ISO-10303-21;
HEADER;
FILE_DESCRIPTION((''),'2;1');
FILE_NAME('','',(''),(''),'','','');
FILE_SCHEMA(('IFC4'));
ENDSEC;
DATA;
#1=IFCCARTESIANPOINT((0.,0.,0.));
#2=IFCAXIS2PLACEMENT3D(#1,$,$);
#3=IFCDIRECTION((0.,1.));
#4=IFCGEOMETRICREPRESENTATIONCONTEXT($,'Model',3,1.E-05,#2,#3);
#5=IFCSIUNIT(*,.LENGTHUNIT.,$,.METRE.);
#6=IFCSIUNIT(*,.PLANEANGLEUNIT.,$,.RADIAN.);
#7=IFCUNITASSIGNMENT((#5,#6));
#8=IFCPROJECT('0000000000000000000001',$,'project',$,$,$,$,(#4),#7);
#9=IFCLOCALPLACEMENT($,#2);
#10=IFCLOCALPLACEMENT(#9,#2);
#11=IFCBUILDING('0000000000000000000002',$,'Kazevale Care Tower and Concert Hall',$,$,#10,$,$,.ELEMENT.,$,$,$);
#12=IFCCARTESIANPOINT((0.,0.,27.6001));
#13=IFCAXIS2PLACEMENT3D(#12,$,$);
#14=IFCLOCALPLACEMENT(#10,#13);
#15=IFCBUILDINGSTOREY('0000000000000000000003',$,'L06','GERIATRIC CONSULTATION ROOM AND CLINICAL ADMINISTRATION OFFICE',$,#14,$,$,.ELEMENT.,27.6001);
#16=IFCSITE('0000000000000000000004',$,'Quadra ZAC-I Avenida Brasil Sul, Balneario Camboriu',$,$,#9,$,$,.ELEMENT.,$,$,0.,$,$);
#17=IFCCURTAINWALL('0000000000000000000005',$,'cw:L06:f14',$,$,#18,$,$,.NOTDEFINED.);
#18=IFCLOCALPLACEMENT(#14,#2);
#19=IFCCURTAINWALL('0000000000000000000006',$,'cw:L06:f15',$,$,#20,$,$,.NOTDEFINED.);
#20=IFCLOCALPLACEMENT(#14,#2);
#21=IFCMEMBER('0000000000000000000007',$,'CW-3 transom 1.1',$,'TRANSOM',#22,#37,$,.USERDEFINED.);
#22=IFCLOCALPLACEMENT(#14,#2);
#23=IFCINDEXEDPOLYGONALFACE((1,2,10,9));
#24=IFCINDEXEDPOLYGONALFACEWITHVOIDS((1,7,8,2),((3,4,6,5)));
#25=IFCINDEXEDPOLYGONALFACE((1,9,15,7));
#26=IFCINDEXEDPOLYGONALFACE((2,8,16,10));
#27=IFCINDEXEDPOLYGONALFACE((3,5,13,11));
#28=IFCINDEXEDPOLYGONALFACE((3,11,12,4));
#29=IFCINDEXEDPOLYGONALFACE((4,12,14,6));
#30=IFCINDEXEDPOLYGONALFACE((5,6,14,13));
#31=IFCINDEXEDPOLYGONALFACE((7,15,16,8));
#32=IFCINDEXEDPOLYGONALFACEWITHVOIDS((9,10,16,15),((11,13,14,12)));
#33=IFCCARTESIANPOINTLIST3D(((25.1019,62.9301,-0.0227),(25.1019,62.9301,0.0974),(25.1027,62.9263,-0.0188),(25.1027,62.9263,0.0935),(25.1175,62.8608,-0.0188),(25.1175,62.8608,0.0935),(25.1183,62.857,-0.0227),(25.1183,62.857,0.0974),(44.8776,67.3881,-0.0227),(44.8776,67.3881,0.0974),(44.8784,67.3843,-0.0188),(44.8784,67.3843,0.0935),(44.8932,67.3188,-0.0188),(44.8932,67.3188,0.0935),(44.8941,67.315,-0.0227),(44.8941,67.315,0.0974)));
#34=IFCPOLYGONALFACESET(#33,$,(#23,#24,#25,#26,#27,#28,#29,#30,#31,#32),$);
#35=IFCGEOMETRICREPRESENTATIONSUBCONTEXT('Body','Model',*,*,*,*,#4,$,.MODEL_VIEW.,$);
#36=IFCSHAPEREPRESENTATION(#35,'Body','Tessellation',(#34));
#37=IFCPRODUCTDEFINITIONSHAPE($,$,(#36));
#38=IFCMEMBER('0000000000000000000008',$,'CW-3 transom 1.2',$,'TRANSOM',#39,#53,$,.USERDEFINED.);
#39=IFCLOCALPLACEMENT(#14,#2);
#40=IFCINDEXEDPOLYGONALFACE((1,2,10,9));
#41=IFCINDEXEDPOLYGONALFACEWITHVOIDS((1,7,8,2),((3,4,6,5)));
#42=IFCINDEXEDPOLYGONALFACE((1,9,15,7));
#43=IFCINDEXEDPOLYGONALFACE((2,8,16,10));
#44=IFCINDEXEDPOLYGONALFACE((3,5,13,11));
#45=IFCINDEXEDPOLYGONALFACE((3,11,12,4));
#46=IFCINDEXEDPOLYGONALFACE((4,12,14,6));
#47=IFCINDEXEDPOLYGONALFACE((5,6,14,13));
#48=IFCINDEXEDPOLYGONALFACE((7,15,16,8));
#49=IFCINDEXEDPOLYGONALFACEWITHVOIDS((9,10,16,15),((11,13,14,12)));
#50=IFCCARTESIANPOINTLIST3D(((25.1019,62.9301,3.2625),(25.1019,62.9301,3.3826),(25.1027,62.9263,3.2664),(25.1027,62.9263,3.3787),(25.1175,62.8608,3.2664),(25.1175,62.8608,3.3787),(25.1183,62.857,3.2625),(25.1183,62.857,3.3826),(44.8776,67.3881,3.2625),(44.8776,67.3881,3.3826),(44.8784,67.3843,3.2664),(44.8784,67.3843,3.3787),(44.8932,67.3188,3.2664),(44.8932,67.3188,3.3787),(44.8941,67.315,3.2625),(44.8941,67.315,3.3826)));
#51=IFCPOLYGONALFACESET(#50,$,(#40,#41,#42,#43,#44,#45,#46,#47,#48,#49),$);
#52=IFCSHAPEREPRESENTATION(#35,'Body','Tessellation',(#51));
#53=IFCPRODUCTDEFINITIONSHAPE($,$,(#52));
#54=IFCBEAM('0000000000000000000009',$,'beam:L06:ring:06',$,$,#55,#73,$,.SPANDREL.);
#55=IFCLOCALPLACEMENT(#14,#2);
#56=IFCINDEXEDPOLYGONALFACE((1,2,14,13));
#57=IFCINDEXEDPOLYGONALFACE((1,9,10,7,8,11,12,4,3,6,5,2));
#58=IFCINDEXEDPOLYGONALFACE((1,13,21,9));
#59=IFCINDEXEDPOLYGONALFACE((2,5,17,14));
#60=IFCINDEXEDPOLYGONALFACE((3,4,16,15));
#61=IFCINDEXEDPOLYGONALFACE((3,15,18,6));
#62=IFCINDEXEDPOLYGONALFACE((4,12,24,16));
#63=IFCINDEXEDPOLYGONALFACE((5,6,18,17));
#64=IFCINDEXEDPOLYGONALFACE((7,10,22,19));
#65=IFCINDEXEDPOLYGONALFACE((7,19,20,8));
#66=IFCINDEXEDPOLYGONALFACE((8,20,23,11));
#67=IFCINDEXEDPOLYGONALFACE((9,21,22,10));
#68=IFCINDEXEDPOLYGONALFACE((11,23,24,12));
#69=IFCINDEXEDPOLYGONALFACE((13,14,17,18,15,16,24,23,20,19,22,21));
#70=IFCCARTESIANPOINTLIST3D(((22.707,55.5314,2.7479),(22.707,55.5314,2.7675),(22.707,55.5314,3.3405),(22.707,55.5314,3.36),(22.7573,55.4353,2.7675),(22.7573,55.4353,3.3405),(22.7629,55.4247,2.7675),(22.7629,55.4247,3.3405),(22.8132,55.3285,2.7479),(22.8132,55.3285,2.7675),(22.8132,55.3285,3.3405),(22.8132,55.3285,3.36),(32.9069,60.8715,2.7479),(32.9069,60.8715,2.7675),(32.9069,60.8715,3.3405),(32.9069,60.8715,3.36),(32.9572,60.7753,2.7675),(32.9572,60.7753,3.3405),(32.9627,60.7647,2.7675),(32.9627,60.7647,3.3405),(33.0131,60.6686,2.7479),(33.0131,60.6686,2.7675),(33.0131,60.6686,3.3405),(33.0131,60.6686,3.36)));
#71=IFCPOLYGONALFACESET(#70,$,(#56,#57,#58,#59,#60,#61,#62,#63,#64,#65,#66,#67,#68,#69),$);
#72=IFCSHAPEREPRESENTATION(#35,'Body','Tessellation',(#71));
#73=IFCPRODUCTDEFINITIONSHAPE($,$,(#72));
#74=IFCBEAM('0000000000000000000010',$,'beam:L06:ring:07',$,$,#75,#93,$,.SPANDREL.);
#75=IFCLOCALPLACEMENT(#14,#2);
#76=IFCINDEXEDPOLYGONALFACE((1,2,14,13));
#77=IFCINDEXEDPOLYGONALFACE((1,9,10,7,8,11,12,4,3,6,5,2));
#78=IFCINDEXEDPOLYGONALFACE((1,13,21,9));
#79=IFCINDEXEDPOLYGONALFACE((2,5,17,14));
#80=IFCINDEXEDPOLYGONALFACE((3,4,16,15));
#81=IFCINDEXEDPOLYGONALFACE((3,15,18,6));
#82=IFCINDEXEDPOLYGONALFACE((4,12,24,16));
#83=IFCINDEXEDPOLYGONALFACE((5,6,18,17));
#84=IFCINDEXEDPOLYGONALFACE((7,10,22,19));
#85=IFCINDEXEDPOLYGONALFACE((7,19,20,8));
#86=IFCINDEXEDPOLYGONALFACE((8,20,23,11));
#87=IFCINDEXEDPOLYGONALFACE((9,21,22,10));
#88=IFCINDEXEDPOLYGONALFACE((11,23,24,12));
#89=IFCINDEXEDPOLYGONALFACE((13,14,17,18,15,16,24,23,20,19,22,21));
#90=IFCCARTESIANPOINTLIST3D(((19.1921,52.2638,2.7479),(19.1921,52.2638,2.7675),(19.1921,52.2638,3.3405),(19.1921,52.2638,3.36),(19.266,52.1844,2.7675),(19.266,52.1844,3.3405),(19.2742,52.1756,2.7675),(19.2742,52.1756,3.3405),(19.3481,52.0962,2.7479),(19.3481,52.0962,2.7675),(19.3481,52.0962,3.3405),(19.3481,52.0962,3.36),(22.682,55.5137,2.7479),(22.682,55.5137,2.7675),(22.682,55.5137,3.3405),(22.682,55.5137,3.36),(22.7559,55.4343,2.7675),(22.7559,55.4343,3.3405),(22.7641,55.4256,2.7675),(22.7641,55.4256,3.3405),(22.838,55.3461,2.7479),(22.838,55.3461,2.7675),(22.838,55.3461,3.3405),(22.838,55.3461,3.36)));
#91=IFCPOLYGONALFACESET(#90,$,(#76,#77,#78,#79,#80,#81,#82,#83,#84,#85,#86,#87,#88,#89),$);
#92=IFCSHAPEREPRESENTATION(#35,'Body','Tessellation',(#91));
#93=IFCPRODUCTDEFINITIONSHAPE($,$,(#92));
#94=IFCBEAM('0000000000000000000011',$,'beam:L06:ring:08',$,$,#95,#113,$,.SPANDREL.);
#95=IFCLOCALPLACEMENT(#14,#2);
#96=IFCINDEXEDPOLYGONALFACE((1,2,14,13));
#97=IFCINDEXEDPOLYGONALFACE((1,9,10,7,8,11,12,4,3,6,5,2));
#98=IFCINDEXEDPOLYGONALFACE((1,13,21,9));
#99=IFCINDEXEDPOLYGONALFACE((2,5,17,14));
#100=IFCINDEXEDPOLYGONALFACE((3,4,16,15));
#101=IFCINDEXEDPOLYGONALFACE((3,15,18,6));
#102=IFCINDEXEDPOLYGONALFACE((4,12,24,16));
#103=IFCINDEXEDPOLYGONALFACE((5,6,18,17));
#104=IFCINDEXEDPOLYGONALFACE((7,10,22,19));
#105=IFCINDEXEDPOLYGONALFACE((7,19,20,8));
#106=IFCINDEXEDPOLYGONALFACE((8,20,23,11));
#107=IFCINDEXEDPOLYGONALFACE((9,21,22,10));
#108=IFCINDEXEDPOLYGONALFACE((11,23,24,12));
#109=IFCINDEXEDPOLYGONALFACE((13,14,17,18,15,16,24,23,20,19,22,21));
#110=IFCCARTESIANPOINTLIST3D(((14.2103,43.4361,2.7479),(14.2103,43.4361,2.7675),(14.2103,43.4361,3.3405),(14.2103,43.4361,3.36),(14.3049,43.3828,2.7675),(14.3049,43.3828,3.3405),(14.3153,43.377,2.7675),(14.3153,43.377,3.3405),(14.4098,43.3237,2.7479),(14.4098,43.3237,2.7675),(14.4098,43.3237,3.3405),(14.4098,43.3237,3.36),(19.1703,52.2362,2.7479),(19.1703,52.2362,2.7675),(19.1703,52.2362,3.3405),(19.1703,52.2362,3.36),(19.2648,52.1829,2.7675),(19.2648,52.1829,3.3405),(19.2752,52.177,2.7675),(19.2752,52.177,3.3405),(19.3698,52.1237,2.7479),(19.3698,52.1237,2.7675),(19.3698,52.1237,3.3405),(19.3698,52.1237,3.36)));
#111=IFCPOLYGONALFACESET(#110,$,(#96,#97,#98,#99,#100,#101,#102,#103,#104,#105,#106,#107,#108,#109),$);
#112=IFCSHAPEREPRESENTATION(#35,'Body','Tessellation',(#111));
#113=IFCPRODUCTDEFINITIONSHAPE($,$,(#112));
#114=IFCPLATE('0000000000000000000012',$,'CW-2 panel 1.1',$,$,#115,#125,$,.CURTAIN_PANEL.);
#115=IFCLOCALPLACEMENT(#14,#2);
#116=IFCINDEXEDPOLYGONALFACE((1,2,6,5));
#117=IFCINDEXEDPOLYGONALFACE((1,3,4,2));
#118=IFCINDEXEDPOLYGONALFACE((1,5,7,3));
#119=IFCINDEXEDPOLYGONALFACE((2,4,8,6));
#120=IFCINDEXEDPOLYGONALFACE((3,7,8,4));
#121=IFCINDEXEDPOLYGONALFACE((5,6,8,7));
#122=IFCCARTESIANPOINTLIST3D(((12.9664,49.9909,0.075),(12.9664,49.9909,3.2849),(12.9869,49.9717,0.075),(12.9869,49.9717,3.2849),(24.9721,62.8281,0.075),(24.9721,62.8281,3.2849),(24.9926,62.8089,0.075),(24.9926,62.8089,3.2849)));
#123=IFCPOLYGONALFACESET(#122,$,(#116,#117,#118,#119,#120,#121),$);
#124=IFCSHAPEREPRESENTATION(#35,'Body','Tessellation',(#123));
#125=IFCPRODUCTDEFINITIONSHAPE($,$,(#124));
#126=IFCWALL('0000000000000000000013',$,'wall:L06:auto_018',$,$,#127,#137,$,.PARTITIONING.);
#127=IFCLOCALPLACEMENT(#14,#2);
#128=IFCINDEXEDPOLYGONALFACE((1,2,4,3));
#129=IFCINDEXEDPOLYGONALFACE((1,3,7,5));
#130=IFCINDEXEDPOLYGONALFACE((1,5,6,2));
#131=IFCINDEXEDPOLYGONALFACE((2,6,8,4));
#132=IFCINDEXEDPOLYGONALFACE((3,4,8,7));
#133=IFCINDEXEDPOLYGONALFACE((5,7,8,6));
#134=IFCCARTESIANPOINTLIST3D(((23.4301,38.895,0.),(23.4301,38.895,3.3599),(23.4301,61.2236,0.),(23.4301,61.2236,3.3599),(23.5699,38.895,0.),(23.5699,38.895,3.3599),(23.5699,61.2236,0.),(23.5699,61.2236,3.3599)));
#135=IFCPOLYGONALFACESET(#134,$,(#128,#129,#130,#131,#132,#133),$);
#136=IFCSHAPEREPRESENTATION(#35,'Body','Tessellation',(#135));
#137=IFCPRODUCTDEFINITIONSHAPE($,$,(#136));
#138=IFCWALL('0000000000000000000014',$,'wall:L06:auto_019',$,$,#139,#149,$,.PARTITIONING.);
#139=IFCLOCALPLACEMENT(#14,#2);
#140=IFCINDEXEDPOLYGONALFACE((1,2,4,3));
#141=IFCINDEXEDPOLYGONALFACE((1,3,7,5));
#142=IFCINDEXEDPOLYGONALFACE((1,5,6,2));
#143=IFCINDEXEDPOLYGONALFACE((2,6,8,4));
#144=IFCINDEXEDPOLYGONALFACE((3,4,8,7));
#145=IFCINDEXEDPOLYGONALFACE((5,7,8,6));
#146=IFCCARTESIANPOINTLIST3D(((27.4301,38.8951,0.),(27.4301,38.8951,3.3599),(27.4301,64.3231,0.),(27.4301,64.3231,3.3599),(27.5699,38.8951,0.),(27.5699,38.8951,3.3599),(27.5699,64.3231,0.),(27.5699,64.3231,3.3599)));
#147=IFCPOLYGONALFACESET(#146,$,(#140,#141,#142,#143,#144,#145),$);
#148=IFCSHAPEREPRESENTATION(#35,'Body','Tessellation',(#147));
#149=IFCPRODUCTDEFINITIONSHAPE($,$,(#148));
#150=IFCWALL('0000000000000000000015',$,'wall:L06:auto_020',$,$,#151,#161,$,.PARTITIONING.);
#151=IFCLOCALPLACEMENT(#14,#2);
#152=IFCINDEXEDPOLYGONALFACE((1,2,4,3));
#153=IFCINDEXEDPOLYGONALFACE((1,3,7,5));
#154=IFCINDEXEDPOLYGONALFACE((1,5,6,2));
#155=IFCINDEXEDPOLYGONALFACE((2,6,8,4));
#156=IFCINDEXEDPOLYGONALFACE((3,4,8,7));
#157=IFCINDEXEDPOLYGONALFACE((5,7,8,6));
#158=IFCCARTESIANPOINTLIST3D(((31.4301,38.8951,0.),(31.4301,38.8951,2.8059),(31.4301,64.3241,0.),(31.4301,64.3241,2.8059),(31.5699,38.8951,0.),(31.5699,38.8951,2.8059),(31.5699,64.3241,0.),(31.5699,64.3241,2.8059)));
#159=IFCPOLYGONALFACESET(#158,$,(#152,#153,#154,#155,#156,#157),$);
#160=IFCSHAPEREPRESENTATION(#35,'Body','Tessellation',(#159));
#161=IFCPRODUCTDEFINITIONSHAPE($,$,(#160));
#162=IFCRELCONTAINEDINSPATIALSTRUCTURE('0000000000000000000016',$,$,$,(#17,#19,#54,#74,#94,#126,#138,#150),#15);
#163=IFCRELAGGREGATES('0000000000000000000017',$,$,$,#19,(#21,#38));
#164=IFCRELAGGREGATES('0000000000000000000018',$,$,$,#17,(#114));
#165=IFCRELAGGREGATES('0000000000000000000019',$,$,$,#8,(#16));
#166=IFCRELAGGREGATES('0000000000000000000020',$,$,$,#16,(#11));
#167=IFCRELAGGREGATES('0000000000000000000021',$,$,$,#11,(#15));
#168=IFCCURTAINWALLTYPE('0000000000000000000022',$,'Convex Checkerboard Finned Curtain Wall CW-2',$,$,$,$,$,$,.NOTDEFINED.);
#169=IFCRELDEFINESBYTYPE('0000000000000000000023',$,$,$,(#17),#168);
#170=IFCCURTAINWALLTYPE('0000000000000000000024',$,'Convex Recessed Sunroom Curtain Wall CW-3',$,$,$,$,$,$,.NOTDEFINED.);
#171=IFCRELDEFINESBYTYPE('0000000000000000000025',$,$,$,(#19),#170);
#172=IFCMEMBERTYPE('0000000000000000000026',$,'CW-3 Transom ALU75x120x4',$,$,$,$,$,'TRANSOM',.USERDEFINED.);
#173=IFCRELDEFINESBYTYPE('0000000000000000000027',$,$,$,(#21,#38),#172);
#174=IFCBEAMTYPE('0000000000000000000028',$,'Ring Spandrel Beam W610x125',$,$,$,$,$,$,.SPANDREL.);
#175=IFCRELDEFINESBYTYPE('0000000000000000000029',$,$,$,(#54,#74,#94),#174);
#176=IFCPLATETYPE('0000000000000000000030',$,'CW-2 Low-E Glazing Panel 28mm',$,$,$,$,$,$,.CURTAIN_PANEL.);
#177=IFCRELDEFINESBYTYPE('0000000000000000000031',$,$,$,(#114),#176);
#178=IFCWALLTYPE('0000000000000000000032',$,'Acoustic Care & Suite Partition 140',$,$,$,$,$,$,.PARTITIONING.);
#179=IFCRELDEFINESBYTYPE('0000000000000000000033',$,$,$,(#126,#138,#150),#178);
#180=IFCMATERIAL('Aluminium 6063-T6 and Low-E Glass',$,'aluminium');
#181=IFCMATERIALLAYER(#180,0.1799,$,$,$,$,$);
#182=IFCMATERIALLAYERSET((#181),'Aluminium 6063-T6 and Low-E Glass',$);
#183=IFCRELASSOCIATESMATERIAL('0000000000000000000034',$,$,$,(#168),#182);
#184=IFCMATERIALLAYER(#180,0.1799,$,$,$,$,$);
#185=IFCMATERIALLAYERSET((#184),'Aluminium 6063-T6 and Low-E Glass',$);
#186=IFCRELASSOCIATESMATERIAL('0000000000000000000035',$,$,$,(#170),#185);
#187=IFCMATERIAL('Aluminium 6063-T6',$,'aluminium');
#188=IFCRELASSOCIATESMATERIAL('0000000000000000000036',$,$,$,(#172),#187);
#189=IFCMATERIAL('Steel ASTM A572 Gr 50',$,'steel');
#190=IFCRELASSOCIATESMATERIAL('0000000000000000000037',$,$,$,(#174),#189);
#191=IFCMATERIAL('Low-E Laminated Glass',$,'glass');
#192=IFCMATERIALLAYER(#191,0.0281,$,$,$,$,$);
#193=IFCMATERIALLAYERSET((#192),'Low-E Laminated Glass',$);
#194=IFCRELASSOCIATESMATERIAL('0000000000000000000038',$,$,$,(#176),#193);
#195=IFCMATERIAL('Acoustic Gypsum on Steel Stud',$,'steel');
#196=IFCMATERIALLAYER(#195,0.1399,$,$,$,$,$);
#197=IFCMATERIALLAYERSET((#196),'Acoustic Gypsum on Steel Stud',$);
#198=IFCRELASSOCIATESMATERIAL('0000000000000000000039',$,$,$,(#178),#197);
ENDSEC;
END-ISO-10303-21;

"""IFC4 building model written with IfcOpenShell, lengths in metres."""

from ifc_helpers import new_model, si_unit, direction, frame, frame_2d, origin, origin_2d, place, context, subcontext, project, spatial, rectangle, hollow_rectangle, i_section, extrude, material, layer, layer_set, material_profile, profile_set, type_object, element, aggregate, save


model = new_model("IFC4")

# Units and contexts
model_context = context("Model", 3, precision=1e-05, world=origin(), true_north=direction((0.0, 1.0)))
body_context = subcontext(model_context, "Body", "Model", "MODEL_VIEW")
ifc_project = project(units=[si_unit("LENGTHUNIT", "METRE"), si_unit("PLANEANGLEUNIT", "RADIAN")], contexts=[model_context])

# Site, building, storey
site_placement = place(None, origin())
site = spatial("IfcSite", under=ifc_project, at=site_placement, Name="Quadra ZAC-I Avenida Brasil Sul, Balneario Camboriu", CompositionType="ELEMENT", RefElevation=0.0)
building_placement = place(site_placement, origin())
building = spatial("IfcBuilding", under=site, at=building_placement, Name="Kazevale Care Tower and Concert Hall", CompositionType="ELEMENT")
storey_placement = place(building_placement, frame((0.0, 0.0, 27.6001)))
storey = spatial("IfcBuildingStorey", under=building, at=storey_placement, Name="L06", Description="GERIATRIC CONSULTATION ROOM AND CLINICAL ADMINISTRATION OFFICE", CompositionType="ELEMENT", Elevation=27.6001)

# Curtain wall
ifc_material_1 = material(Name="Aluminium 6063-T6 and Low-E Glass", Category="aluminium")
ifc_layer_1 = layer(ifc_material_1, 0.1799)
ifc_layer_set_1 = layer_set([ifc_layer_1], Name="Aluminium 6063-T6 and Low-E Glass")
curtain_wall_type_1 = type_object("IfcCurtainWallType", Name="Convex Checkerboard Finned Curtain Wall CW-2", PredefinedType="NOTDEFINED", material=ifc_layer_set_1)
curtain_wall_1_placement = place(storey_placement, origin())
curtain_wall_1 = element("IfcCurtainWall", 1, at=curtain_wall_1_placement, inside=storey, type_object=curtain_wall_type_1, Name="cw:L06:f14", PredefinedType="NOTDEFINED")
ifc_material_2 = material(Name="Aluminium 6063-T6", Category="aluminium")

# Curtain wall, members
ifc_layer_2 = layer(ifc_material_1, 0.1799)
ifc_layer_set_2 = layer_set([ifc_layer_2], Name="Aluminium 6063-T6 and Low-E Glass")
curtain_wall_type_2 = type_object("IfcCurtainWallType", Name="Convex Recessed Sunroom Curtain Wall CW-3", PredefinedType="NOTDEFINED", material=ifc_layer_set_2)
curtain_wall_2_placement = place(storey_placement, origin())
curtain_wall_2 = element("IfcCurtainWall", 2, at=curtain_wall_2_placement, inside=storey, type_object=curtain_wall_type_2, Name="cw:L06:f15", PredefinedType="NOTDEFINED")
ifc_material_profile_1 = material_profile(ifc_material_2, hollow_rectangle(XDim=0.075, YDim=0.1201, WallThickness=0.0039, at=origin_2d()), Name="ALU75x120x4")
ifc_profile_set_1 = profile_set([ifc_material_profile_1], Name="Aluminium 6063-T6")
member_type_1 = type_object("IfcMemberType", Name="CW-3 Transom ALU75x120x4", ElementType="TRANSOM", PredefinedType="USERDEFINED", material=ifc_profile_set_1)
member_1_placement = place(storey_placement, frame((25.1101, 62.8936, 0.0374), z_axis=(0.97552, 0.219911, 0.0), x_axis=(-0.219911, 0.97552, 0.0)))
member_1 = element("IfcMember", 3, at=member_1_placement, type_object=member_type_1, Name="CW-3 transom 1.1", ObjectType="TRANSOM", PredefinedType="USERDEFINED", context=body_context, shape_type="SweptSolid", body=[
    extrude(hollow_rectangle(XDim=0.075, YDim=0.1201, WallThickness=0.0039, at=origin_2d()), origin(), (0.0, 0.0, 1.0), 20.272),
])
member_2_placement = place(storey_placement, frame((25.1101, 62.8936, 3.3225), z_axis=(0.97552, 0.219911, 0.0), x_axis=(-0.219911, 0.97552, 0.0)))
member_2 = element("IfcMember", 4, at=member_2_placement, type_object=member_type_1, Name="CW-3 transom 1.2", ObjectType="TRANSOM", PredefinedType="USERDEFINED", context=body_context, shape_type="SweptSolid", body=[
    extrude(hollow_rectangle(XDim=0.075, YDim=0.1201, WallThickness=0.0039, at=origin_2d()), origin(), (0.0, 0.0, 1.0), 20.272),
])
aggregate(curtain_wall_2, [member_1, member_2])

# Beams
ifc_material_3 = material(Name="Steel ASTM A572 Gr 50", Category="steel")
ifc_material_profile_2 = material_profile(ifc_material_3, i_section(OverallWidth=0.229, OverallDepth=0.6121, WebThickness=0.012, FlangeThickness=0.0195, at=origin_2d()), Name="W610x125")
ifc_profile_set_2 = profile_set([ifc_material_profile_2], Name="Steel ASTM A572 Gr 50")
beam_type = type_object("IfcBeamType", Name="Ring Spandrel Beam W610x125", PredefinedType="SPANDREL", material=ifc_profile_set_2)
beam_1_placement = place(storey_placement, frame((32.96, 60.77, 3.054), z_axis=(-0.885929, -0.46382, 0.0), x_axis=(0.46382, -0.885929, 0.0)))
element("IfcBeam", 5, at=beam_1_placement, inside=storey, type_object=beam_type, Name="beam:L06:ring:06", PredefinedType="SPANDREL", context=body_context, shape_type="SweptSolid", body=[
    extrude(i_section(OverallWidth=0.229, OverallDepth=0.6121, WebThickness=0.012, FlangeThickness=0.0195, at=origin_2d()), origin(), (0.0, 0.0, 1.0), 11.5132),
])
beam_2_placement = place(storey_placement, frame((22.76, 55.4299, 3.054), z_axis=(-0.731821, -0.681497, 0.0), x_axis=(0.681497, -0.731821, 0.0)))
element("IfcBeam", 6, at=beam_2_placement, inside=storey, type_object=beam_type, Name="beam:L06:ring:07", PredefinedType="SPANDREL", context=body_context, shape_type="SweptSolid", body=[
    extrude(i_section(OverallWidth=0.229, OverallDepth=0.6121, WebThickness=0.012, FlangeThickness=0.0195, at=origin_2d()), origin(), (0.0, 0.0, 1.0), 4.7688),
])
beam_3_placement = place(storey_placement, frame((19.27, 52.1799, 3.054), z_axis=(-0.491008, -0.871155, 0.0), x_axis=(0.871155, -0.491008, 0.0)))
element("IfcBeam", 7, at=beam_3_placement, inside=storey, type_object=beam_type, Name="beam:L06:ring:08", PredefinedType="SPANDREL", context=body_context, shape_type="SweptSolid", body=[
    extrude(i_section(OverallWidth=0.229, OverallDepth=0.6121, WebThickness=0.012, FlangeThickness=0.0195, at=origin_2d()), origin(), (0.0, 0.0, 1.0), 10.1016),
])

# Plate
ifc_material_4 = material(Name="Low-E Laminated Glass", Category="glass")
ifc_layer_3 = layer(ifc_material_4, 0.0281)
ifc_layer_set_3 = layer_set([ifc_layer_3], Name="Low-E Laminated Glass")
plate_type = type_object("IfcPlateType", Name="CW-2 Low-E Glazing Panel 28mm", PredefinedType="CURTAIN_PANEL", material=ifc_layer_set_3)
plate_placement = place(storey_placement, frame((18.9795, 56.3999, 0.075), z_axis=(0.0, 0.0, 1.0), x_axis=(0.683059, 0.730363, 0.0)))
plate = element("IfcPlate", 8, at=plate_placement, type_object=plate_type, Name="CW-2 panel 1.1", PredefinedType="CURTAIN_PANEL", context=body_context, shape_type="SweptSolid", body=[
    extrude(rectangle(XDim=17.5764, YDim=0.0281, at=origin_2d()), origin(), (0.0, 0.0, 1.0), 3.21),
])
aggregate(curtain_wall_1, [plate])

# Walls
ifc_material_5 = material(Name="Acoustic Gypsum on Steel Stud", Category="steel")
ifc_layer_4 = layer(ifc_material_5, 0.1399)
ifc_layer_set_4 = layer_set([ifc_layer_4], Name="Acoustic Gypsum on Steel Stud")
wall_type = type_object("IfcWallType", Name="Acoustic Care & Suite Partition 140", PredefinedType="PARTITIONING", material=ifc_layer_set_4)
wall_1_placement = place(storey_placement, frame((23.5, 61.2236, 0.0), z_axis=(0.0, 0.0, 1.0), x_axis=(0.0, -1.0, 0.0)))
element("IfcWall", 9, at=wall_1_placement, inside=storey, type_object=wall_type, Name="wall:L06:auto_018", PredefinedType="PARTITIONING", context=body_context, shape_type="SweptSolid", body=[
    extrude(rectangle(XDim=22.3286, YDim=0.1399, at=frame_2d((11.1643, 0.0))), origin(), (0.0, 0.0, 1.0), 3.3599),
])
wall_2_placement = place(storey_placement, frame((27.5, 64.323, 0.0), z_axis=(0.0, 0.0, 1.0), x_axis=(0.0, -1.0, 0.0)))
element("IfcWall", 10, at=wall_2_placement, inside=storey, type_object=wall_type, Name="wall:L06:auto_019", PredefinedType="PARTITIONING", context=body_context, shape_type="SweptSolid", body=[
    extrude(rectangle(XDim=25.428, YDim=0.1399, at=frame_2d((12.7139, 0.0))), origin(), (0.0, 0.0, 1.0), 3.3599),
])
wall_3_placement = place(storey_placement, frame((31.5, 64.324, 0.0), z_axis=(0.0, 0.0, 1.0), x_axis=(0.0, -1.0, 0.0)))
element("IfcWall", 11, at=wall_3_placement, inside=storey, type_object=wall_type, Name="wall:L06:auto_020", PredefinedType="PARTITIONING", context=body_context, shape_type="SweptSolid", body=[
    extrude(rectangle(XDim=25.429, YDim=0.1399, at=frame_2d((12.7144, 0.0))), origin(), (0.0, 0.0, 1.0), 2.8059),
])

save(model, "model.ifc")
